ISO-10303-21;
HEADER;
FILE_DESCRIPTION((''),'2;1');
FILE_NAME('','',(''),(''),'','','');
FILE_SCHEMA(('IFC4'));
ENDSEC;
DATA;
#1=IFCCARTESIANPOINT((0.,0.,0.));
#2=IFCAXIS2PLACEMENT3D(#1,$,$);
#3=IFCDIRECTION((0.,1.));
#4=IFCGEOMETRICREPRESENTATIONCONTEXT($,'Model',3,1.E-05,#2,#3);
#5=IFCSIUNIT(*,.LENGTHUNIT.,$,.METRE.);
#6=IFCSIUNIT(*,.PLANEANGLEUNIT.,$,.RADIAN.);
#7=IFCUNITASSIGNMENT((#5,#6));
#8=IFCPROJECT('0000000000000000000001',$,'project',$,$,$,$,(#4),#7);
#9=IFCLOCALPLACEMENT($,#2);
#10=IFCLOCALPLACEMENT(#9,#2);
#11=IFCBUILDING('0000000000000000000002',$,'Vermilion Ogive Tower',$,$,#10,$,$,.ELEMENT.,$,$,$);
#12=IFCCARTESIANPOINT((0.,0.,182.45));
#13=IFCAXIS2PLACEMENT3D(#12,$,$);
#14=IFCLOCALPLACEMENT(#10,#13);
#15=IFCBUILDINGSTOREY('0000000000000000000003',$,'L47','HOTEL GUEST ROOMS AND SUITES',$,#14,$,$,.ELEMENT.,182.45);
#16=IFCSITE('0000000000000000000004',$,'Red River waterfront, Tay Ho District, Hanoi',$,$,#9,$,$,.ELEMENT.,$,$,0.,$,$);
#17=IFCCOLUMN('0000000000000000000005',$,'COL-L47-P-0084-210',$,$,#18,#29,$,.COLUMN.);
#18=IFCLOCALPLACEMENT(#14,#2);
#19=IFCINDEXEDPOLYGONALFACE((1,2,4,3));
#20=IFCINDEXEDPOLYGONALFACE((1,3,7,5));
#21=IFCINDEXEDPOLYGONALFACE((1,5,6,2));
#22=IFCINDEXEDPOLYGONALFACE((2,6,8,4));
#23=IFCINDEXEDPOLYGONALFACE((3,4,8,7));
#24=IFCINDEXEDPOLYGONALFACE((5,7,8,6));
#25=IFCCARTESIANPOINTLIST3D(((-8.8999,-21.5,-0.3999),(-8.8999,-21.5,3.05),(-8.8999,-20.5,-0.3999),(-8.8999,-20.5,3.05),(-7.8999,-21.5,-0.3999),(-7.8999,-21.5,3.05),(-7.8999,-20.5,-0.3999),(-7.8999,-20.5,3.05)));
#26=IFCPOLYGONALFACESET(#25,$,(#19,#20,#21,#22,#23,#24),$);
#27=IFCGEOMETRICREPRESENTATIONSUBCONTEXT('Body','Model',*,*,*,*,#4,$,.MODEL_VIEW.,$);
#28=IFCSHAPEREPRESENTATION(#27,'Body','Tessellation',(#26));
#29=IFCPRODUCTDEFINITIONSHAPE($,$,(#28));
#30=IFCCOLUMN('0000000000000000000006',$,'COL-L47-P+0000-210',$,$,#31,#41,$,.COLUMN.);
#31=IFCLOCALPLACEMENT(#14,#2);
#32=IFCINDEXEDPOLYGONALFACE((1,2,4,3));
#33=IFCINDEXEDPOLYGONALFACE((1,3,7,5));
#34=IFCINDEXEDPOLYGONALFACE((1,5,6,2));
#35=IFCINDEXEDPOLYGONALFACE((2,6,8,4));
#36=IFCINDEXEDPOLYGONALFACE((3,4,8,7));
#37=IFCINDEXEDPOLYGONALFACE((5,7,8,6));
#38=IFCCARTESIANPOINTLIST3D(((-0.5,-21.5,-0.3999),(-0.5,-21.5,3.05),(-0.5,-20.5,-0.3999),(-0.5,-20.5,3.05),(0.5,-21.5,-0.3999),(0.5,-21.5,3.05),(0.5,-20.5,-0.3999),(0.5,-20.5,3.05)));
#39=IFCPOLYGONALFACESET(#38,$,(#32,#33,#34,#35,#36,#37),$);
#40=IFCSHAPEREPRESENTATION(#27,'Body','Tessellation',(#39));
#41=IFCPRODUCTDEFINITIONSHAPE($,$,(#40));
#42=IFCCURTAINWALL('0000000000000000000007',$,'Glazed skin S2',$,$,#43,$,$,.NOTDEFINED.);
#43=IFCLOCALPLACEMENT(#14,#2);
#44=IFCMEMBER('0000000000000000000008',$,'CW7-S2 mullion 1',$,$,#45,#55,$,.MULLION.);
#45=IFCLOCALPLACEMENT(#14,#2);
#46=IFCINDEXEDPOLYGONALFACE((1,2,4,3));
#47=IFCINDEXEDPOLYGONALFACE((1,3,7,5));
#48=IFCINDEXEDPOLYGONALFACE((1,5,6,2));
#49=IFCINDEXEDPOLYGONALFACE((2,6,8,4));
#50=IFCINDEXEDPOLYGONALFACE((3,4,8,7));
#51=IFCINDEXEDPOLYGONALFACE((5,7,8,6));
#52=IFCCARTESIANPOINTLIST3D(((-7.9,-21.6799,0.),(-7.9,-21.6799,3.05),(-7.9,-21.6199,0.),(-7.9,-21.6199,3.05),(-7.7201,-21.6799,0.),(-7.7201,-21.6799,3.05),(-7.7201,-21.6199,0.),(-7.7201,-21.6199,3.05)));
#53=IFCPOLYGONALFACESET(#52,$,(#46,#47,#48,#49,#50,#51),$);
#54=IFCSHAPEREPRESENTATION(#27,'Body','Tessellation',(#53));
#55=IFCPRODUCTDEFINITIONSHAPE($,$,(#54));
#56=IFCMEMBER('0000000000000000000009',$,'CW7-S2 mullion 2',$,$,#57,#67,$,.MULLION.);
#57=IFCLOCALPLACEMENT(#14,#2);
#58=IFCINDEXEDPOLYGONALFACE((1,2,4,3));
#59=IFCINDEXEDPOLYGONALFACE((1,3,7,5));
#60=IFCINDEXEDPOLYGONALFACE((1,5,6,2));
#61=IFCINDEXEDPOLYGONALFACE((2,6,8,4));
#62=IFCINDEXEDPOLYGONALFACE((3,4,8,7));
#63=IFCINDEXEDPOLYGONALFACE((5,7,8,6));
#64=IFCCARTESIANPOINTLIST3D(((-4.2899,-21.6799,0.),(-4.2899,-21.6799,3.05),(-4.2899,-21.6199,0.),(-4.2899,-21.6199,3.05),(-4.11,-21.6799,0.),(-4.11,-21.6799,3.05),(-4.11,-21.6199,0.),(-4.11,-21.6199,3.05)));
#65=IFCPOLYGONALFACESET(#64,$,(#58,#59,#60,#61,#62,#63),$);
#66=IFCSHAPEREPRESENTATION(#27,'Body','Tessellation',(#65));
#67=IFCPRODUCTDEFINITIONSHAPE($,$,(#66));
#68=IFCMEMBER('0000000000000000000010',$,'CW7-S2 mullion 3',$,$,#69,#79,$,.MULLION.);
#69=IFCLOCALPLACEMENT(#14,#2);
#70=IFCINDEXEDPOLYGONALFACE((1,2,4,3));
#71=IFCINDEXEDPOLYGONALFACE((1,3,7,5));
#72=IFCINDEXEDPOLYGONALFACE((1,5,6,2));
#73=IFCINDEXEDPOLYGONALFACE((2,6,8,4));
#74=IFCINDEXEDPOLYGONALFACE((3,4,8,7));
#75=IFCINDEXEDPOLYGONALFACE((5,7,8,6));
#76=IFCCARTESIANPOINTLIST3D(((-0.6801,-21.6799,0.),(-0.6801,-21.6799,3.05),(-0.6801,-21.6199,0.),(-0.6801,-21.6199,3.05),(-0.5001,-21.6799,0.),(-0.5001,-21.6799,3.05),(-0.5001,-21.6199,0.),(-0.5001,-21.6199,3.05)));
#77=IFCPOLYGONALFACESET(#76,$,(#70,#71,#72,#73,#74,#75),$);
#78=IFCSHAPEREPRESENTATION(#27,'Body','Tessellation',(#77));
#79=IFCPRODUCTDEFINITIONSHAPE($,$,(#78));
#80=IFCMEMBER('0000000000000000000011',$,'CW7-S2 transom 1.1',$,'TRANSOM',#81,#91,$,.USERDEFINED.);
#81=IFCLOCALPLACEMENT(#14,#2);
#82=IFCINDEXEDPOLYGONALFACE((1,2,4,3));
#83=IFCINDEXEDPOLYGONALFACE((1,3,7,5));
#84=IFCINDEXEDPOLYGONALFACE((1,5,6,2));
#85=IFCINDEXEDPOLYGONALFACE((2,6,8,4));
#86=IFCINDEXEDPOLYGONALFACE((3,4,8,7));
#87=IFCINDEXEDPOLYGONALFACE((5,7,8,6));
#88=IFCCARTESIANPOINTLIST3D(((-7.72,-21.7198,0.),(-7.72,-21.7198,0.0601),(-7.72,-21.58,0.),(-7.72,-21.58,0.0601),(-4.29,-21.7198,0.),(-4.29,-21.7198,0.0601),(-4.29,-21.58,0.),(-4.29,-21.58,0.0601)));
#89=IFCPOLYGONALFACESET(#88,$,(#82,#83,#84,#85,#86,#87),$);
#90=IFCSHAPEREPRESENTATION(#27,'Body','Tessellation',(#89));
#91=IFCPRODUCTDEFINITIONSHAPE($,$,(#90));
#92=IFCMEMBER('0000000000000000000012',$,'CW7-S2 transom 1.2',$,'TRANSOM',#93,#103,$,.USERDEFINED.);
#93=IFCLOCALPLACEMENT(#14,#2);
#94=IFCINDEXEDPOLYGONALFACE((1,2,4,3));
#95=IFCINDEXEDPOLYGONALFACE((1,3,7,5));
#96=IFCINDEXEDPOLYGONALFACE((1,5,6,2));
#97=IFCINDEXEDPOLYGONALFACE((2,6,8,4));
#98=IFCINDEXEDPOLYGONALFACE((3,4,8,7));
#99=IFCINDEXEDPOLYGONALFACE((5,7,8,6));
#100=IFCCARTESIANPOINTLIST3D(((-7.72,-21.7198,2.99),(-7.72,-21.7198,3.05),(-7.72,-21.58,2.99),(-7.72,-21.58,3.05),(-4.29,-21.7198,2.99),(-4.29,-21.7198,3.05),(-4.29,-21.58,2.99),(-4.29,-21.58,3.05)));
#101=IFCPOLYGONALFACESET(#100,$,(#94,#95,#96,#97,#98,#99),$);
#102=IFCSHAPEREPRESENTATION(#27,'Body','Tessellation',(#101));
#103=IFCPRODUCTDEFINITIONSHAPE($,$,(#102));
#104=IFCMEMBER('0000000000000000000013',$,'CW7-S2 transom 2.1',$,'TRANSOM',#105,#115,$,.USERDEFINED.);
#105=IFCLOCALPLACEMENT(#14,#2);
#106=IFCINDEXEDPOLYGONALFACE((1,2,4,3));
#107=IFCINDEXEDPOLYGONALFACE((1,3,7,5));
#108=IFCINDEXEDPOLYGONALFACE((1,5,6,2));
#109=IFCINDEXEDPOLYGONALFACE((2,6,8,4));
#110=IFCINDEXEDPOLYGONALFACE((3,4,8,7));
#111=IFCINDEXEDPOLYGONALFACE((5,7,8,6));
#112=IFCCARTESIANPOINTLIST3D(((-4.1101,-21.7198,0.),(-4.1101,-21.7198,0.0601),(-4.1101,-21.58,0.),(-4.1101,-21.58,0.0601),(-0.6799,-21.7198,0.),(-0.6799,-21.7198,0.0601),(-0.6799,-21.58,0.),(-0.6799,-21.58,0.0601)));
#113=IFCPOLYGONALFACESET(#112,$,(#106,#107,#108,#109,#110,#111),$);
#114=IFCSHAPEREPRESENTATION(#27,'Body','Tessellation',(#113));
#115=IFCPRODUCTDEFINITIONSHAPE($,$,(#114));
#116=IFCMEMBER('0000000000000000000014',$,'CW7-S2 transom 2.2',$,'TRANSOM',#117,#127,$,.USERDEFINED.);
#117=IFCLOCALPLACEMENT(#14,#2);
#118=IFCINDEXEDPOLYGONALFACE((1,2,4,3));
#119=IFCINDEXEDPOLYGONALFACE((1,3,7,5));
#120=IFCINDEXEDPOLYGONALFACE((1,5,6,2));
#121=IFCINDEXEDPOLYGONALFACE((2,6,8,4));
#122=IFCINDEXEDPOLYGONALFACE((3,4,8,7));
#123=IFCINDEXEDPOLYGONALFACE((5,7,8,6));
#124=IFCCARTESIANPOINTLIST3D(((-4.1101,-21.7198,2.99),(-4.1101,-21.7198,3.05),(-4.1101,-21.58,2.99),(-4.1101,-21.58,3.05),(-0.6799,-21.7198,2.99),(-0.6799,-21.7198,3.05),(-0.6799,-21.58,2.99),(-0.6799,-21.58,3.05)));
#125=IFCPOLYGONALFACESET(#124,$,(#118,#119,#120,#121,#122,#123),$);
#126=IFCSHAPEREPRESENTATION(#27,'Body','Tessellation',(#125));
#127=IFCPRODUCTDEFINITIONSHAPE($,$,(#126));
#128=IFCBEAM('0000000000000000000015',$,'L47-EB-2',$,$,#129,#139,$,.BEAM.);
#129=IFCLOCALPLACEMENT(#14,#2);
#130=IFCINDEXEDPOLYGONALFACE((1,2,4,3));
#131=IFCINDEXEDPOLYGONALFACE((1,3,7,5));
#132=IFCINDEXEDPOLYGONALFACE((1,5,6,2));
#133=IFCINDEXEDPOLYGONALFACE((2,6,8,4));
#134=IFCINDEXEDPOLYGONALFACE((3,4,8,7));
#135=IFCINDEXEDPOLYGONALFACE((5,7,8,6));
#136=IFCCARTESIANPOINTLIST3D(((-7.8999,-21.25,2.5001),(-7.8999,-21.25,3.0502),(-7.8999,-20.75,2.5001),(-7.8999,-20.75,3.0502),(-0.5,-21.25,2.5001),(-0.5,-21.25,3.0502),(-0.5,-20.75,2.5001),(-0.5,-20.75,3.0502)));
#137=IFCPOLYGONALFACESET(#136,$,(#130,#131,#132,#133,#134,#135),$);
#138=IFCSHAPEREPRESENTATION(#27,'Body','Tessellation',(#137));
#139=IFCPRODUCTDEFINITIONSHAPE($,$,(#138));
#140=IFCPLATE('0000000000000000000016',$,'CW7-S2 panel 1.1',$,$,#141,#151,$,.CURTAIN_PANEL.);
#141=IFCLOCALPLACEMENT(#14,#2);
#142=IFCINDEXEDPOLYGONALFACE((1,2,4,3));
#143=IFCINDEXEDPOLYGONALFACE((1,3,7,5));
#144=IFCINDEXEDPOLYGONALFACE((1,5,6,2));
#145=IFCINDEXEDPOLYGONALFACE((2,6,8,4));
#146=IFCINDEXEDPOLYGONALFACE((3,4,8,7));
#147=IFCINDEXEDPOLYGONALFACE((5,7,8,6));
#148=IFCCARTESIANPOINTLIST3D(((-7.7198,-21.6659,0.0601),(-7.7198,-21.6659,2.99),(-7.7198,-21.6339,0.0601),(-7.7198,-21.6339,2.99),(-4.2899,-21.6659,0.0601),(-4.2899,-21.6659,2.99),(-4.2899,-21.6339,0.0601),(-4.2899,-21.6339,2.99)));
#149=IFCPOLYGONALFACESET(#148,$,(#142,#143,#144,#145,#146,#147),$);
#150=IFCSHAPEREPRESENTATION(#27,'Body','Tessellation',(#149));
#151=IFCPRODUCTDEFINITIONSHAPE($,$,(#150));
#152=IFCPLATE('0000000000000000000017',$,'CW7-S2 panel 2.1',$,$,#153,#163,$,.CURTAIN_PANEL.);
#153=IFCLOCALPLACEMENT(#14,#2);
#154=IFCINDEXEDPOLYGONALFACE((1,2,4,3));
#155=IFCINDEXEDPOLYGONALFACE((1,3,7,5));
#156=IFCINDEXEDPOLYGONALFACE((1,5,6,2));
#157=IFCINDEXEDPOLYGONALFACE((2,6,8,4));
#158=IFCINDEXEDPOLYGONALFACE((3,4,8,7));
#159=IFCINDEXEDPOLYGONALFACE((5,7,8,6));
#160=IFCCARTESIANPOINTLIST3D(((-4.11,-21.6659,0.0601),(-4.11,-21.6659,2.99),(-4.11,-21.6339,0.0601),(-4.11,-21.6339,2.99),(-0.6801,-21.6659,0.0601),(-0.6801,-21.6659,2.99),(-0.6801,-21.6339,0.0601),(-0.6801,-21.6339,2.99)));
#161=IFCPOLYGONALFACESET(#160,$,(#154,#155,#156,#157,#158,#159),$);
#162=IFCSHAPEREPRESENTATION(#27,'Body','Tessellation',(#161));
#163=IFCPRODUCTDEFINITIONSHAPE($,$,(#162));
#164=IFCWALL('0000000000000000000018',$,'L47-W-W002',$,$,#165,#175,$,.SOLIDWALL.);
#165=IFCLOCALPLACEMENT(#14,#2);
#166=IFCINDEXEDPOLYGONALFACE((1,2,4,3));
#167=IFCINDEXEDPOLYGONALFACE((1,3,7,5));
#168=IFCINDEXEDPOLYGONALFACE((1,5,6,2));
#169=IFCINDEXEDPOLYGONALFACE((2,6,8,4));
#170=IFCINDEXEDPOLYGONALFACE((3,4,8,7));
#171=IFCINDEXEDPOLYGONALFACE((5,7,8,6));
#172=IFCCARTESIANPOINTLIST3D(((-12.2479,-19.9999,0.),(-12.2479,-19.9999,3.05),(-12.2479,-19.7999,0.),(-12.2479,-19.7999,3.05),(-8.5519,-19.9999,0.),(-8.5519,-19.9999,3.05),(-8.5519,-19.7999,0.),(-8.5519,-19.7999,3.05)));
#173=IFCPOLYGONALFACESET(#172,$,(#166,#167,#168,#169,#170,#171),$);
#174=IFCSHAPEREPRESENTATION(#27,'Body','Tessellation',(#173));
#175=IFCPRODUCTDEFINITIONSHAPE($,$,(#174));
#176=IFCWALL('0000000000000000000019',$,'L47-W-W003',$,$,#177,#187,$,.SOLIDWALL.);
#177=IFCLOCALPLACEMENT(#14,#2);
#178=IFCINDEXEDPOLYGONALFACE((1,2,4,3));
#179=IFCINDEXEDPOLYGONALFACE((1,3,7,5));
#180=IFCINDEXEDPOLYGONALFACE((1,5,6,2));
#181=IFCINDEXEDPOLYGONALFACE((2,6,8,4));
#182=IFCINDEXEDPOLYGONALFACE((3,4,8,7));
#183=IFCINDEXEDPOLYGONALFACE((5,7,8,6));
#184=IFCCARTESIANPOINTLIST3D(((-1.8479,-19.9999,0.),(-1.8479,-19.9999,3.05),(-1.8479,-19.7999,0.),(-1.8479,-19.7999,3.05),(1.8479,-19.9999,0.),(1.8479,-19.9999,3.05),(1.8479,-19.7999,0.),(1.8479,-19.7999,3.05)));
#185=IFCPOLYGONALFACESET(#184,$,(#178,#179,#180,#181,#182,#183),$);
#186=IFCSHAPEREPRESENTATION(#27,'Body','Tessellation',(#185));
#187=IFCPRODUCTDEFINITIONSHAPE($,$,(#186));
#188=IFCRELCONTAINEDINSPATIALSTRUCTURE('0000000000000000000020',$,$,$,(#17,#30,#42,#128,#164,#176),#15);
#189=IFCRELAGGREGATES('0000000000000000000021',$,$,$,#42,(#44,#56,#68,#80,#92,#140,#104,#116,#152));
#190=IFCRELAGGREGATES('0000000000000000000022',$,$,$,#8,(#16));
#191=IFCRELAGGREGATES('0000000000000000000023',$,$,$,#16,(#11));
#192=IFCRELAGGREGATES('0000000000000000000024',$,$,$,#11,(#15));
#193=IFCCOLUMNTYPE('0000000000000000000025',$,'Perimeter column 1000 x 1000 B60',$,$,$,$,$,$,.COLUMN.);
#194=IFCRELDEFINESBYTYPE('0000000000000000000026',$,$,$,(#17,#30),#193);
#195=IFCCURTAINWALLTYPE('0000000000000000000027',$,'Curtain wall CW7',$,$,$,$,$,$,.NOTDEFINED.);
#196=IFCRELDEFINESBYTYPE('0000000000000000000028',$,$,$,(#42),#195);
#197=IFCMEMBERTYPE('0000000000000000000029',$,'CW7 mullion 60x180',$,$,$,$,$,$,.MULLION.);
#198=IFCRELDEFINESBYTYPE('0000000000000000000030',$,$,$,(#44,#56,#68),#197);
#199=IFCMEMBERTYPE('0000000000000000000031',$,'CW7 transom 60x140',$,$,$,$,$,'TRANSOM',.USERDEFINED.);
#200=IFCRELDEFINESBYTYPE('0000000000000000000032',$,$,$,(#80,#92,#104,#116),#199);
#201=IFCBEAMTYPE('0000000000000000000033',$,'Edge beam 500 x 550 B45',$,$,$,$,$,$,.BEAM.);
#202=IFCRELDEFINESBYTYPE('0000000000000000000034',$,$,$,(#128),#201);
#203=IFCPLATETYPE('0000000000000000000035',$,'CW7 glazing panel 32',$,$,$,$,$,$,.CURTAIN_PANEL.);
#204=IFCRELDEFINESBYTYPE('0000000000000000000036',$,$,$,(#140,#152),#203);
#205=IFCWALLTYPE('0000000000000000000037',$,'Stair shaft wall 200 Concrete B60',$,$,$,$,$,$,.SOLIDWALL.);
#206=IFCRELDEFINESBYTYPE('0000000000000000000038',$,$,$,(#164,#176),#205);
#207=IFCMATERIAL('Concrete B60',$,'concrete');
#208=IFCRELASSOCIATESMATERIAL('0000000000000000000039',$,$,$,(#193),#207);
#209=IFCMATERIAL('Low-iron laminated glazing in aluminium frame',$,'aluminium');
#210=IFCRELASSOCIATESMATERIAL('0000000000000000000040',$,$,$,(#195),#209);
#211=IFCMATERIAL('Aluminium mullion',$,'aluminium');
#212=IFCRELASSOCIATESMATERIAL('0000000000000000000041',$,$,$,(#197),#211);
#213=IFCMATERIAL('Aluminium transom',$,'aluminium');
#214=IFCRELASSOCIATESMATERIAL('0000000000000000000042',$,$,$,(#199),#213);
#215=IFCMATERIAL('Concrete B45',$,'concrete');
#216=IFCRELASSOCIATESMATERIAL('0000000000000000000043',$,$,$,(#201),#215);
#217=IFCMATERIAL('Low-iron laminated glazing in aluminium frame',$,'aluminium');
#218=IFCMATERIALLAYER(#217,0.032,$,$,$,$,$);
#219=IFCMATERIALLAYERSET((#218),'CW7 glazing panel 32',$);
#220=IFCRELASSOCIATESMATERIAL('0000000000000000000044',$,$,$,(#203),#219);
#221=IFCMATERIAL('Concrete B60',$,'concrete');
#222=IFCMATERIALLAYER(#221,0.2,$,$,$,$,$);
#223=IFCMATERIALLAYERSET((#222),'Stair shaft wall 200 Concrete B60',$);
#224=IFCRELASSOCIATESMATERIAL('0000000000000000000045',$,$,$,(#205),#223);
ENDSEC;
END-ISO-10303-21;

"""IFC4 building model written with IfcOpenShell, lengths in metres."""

from ifc_helpers import new_model, si_unit, direction, frame, frame_2d, origin, origin_2d, place, context, subcontext, project, spatial, rectangle, extrude, material, layer, layer_set, material_profile, profile_set, type_object, element, aggregate, save


model = new_model("IFC4")

# Units and contexts
model_context = context("Model", 3, precision=1e-05, world=origin(), true_north=direction((0.0, 1.0)))
body_context = subcontext(model_context, "Body", "Model", "MODEL_VIEW")
ifc_project = project(units=[si_unit("LENGTHUNIT", "METRE"), si_unit("PLANEANGLEUNIT", "RADIAN")], contexts=[model_context])

# Site, building, storey
site_placement = place(None, origin())
site = spatial("IfcSite", under=ifc_project, at=site_placement, Name="Red River waterfront, Tay Ho District, Hanoi", CompositionType="ELEMENT", RefElevation=0.0)
building_placement = place(site_placement, origin())
building = spatial("IfcBuilding", under=site, at=building_placement, Name="Vermilion Ogive Tower", CompositionType="ELEMENT")
storey_placement = place(building_placement, frame((0.0, 0.0, 182.45)))
storey = spatial("IfcBuildingStorey", under=building, at=storey_placement, Name="L47", Description="HOTEL GUEST ROOMS AND SUITES", CompositionType="ELEMENT", Elevation=182.45)

# Columns
ifc_material_1 = material(Name="Concrete B60", Category="concrete")
ifc_material_profile_1 = material_profile(ifc_material_1, rectangle(XDim=1.0, YDim=1.0, at=origin_2d()), Name="1000 x 1000")
ifc_profile_set_1 = profile_set([ifc_material_profile_1], Name="Concrete B60")
column_type = type_object("IfcColumnType", Name="Perimeter column 1000 x 1000 B60", PredefinedType="COLUMN", material=ifc_profile_set_1)
for number, where, z_axis, x_axis, name in (
    (1, (-8.3999, -21.0, -0.3999), (0.0, 0.0, 1.0), (1.0, 0.0, 0.0), "COL-L47-P-0084-210"),
    (2, (0.0, -21.0, -0.3999), (0.0, 0.0, 1.0), (1.0, 0.0, 0.0), "COL-L47-P+0000-210"),
):
    element("IfcColumn", number, at=place(storey_placement, frame(where, z_axis=z_axis, x_axis=x_axis)), inside=storey, type_object=column_type, Name=name, PredefinedType="COLUMN", context=body_context, shape_type="SweptSolid", body=[
        extrude(rectangle(XDim=1.0, YDim=1.0, at=origin_2d()), origin(), (0.0, 0.0, 1.0), 3.45),
    ])

# Curtain wall, members
ifc_material_2 = material(Name="Low-iron laminated glazing in aluminium frame", Category="aluminium")
curtain_wall_type = type_object("IfcCurtainWallType", Name="Curtain wall CW7", PredefinedType="NOTDEFINED", material=ifc_material_2)
curtain_wall_placement = place(storey_placement, origin())
curtain_wall = element("IfcCurtainWall", 3, at=curtain_wall_placement, inside=storey, type_object=curtain_wall_type, Name="Glazed skin S2", PredefinedType="NOTDEFINED")
ifc_material_3 = material(Name="Aluminium mullion", Category="aluminium")
ifc_material_profile_2 = material_profile(ifc_material_3, rectangle(XDim=0.0601, YDim=0.1799, at=origin_2d()), Name="AL 60x180")
ifc_profile_set_2 = profile_set([ifc_material_profile_2], Name="Aluminium mullion")
member_type_1 = type_object("IfcMemberType", Name="CW7 mullion 60x180", PredefinedType="MULLION", material=ifc_profile_set_2)
member_1_placement = place(storey_placement, frame((-7.8101, -21.6499, 0.0), z_axis=(0.0, 0.0, 1.0), x_axis=(0.0, 1.0, 0.0)))
member_1 = element("IfcMember", 4, at=member_1_placement, type_object=member_type_1, Name="CW7-S2 mullion 1", PredefinedType="MULLION", context=body_context, shape_type="SweptSolid", body=[
    extrude(rectangle(XDim=0.0601, YDim=0.1799, at=origin_2d()), origin(), (0.0, 0.0, 1.0), 3.05),
])
member_2_placement = place(storey_placement, frame((-4.2, -21.6499, 0.0), z_axis=(0.0, 0.0, 1.0), x_axis=(0.0, 1.0, 0.0)))
member_2 = element("IfcMember", 5, at=member_2_placement, type_object=member_type_1, Name="CW7-S2 mullion 2", PredefinedType="MULLION", context=body_context, shape_type="SweptSolid", body=[
    extrude(rectangle(XDim=0.0601, YDim=0.1799, at=origin_2d()), origin(), (0.0, 0.0, 1.0), 3.05),
])
member_3_placement = place(storey_placement, frame((-0.5901, -21.6499, 0.0), z_axis=(0.0, 0.0, 1.0), x_axis=(0.0, 1.0, 0.0)))
member_3 = element("IfcMember", 6, at=member_3_placement, type_object=member_type_1, Name="CW7-S2 mullion 3", PredefinedType="MULLION", context=body_context, shape_type="SweptSolid", body=[
    extrude(rectangle(XDim=0.0601, YDim=0.1799, at=origin_2d()), origin(), (0.0, 0.0, 1.0), 3.05),
])
ifc_material_4 = material(Name="Aluminium transom", Category="aluminium")
ifc_material_profile_3 = material_profile(ifc_material_4, rectangle(XDim=0.1399, YDim=0.0601, at=origin_2d()), Name="AL 60x140")
ifc_profile_set_3 = profile_set([ifc_material_profile_3], Name="Aluminium transom")
member_type_2 = type_object("IfcMemberType", Name="CW7 transom 60x140", ElementType="TRANSOM", PredefinedType="USERDEFINED", material=ifc_profile_set_3)
member_4_placement = place(storey_placement, frame((-7.72, -21.6499, 0.03), z_axis=(1.0, 0.0, 0.0), x_axis=(0.0, 1.0, 0.0)))
member_4 = element("IfcMember", 7, at=member_4_placement, type_object=member_type_2, Name="CW7-S2 transom 1.1", ObjectType="TRANSOM", PredefinedType="USERDEFINED", context=body_context, shape_type="SweptSolid", body=[
    extrude(rectangle(XDim=0.1399, YDim=0.0601, at=origin_2d()), origin(), (0.0, 0.0, 1.0), 3.4299),
])
member_5_placement = place(storey_placement, frame((-7.72, -21.6499, 3.02), z_axis=(1.0, 0.0, 0.0), x_axis=(0.0, 1.0, 0.0)))
member_5 = element("IfcMember", 8, at=member_5_placement, type_object=member_type_2, Name="CW7-S2 transom 1.2", ObjectType="TRANSOM", PredefinedType="USERDEFINED", context=body_context, shape_type="SweptSolid", body=[
    extrude(rectangle(XDim=0.1399, YDim=0.0601, at=origin_2d()), origin(), (0.0, 0.0, 1.0), 3.4299),
])
member_6_placement = place(storey_placement, frame((-4.1101, -21.6499, 0.03), z_axis=(1.0, 0.0, 0.0), x_axis=(0.0, 1.0, 0.0)))
member_6 = element("IfcMember", 9, at=member_6_placement, type_object=member_type_2, Name="CW7-S2 transom 2.1", ObjectType="TRANSOM", PredefinedType="USERDEFINED", context=body_context, shape_type="SweptSolid", body=[
    extrude(rectangle(XDim=0.1399, YDim=0.0601, at=origin_2d()), origin(), (0.0, 0.0, 1.0), 3.4302),
])
member_7_placement = place(storey_placement, frame((-4.1101, -21.6499, 3.02), z_axis=(1.0, 0.0, 0.0), x_axis=(0.0, 1.0, 0.0)))
member_7 = element("IfcMember", 10, at=member_7_placement, type_object=member_type_2, Name="CW7-S2 transom 2.2", ObjectType="TRANSOM", PredefinedType="USERDEFINED", context=body_context, shape_type="SweptSolid", body=[
    extrude(rectangle(XDim=0.1399, YDim=0.0601, at=origin_2d()), origin(), (0.0, 0.0, 1.0), 3.4302),
])

# Beam
ifc_material_5 = material(Name="Concrete B45", Category="concrete")
ifc_material_profile_4 = material_profile(ifc_material_5, rectangle(XDim=0.5, YDim=0.55, at=origin_2d()), Name="500 x 550")
ifc_profile_set_4 = profile_set([ifc_material_profile_4], Name="Concrete B45")
beam_type = type_object("IfcBeamType", Name="Edge beam 500 x 550 B45", PredefinedType="BEAM", material=ifc_profile_set_4)
beam_placement = place(storey_placement, frame((-7.8999, -21.0, 2.7751), z_axis=(1.0, 0.0, 0.0), x_axis=(0.0, 1.0, 0.0)))
element("IfcBeam", 11, at=beam_placement, inside=storey, type_object=beam_type, Name="L47-EB-2", PredefinedType="BEAM", context=body_context, shape_type="SweptSolid", body=[
    extrude(rectangle(XDim=0.5, YDim=0.55, at=origin_2d()), origin(), (0.0, 0.0, 1.0), 7.3999),
])

# Plates
ifc_material_6 = material(Name="Low-iron laminated glazing in aluminium frame", Category="aluminium")
ifc_layer_1 = layer(ifc_material_6, 0.032)
ifc_layer_set_1 = layer_set([ifc_layer_1], Name="CW7 glazing panel 32")
plate_type = type_object("IfcPlateType", Name="CW7 glazing panel 32", PredefinedType="CURTAIN_PANEL", material=ifc_layer_set_1)
plate_1_placement = place(storey_placement, frame((-6.0049, -21.6499, 0.0601), z_axis=(0.0, 0.0, 1.0), x_axis=(1.0, 0.0, 0.0)))
plate_1 = element("IfcPlate", 12, at=plate_1_placement, type_object=plate_type, Name="CW7-S2 panel 1.1", PredefinedType="CURTAIN_PANEL", context=body_context, shape_type="SweptSolid", body=[
    extrude(rectangle(XDim=3.4299, YDim=0.032, at=origin_2d()), origin(), (0.0, 0.0, 1.0), 2.9299),
])
plate_2_placement = place(storey_placement, frame((-2.395, -21.6499, 0.0601), z_axis=(0.0, 0.0, 1.0), x_axis=(1.0, 0.0, 0.0)))
plate_2 = element("IfcPlate", 13, at=plate_2_placement, type_object=plate_type, Name="CW7-S2 panel 2.1", PredefinedType="CURTAIN_PANEL", context=body_context, shape_type="SweptSolid", body=[
    extrude(rectangle(XDim=3.4299, YDim=0.032, at=origin_2d()), origin(), (0.0, 0.0, 1.0), 2.9299),
])
aggregate(curtain_wall, [member_1, member_2, member_3, member_4, member_5, plate_1, member_6, member_7, plate_2])

# Walls
ifc_material_7 = material(Name="Concrete B60", Category="concrete")
ifc_layer_2 = layer(ifc_material_7, 0.2)
ifc_layer_set_2 = layer_set([ifc_layer_2], Name="Stair shaft wall 200 Concrete B60")
wall_type = type_object("IfcWallType", Name="Stair shaft wall 200 Concrete B60", PredefinedType="SOLIDWALL", material=ifc_layer_set_2)
wall_1_placement = place(storey_placement, frame((-12.248, -19.8999, 0.0), z_axis=(0.0, 0.0, 1.0), x_axis=(1.0, 0.0, 0.0)))
element("IfcWall", 14, at=wall_1_placement, inside=storey, type_object=wall_type, Name="L47-W-W002", PredefinedType="SOLIDWALL", context=body_context, shape_type="SweptSolid", body=[
    extrude(rectangle(XDim=3.696, YDim=0.2, at=frame_2d((1.8481, 0.0))), origin(), (0.0, 0.0, 1.0), 3.05),
])
wall_2_placement = place(storey_placement, frame((-1.8479, -19.8999, 0.0), z_axis=(0.0, 0.0, 1.0), x_axis=(1.0, 0.0, 0.0)))
element("IfcWall", 15, at=wall_2_placement, inside=storey, type_object=wall_type, Name="L47-W-W003", PredefinedType="SOLIDWALL", context=body_context, shape_type="SweptSolid", body=[
    extrude(rectangle(XDim=3.6958, YDim=0.2, at=frame_2d((1.8479, 0.0))), origin(), (0.0, 0.0, 1.0), 3.05),
])

save(model, "model.ifc")
